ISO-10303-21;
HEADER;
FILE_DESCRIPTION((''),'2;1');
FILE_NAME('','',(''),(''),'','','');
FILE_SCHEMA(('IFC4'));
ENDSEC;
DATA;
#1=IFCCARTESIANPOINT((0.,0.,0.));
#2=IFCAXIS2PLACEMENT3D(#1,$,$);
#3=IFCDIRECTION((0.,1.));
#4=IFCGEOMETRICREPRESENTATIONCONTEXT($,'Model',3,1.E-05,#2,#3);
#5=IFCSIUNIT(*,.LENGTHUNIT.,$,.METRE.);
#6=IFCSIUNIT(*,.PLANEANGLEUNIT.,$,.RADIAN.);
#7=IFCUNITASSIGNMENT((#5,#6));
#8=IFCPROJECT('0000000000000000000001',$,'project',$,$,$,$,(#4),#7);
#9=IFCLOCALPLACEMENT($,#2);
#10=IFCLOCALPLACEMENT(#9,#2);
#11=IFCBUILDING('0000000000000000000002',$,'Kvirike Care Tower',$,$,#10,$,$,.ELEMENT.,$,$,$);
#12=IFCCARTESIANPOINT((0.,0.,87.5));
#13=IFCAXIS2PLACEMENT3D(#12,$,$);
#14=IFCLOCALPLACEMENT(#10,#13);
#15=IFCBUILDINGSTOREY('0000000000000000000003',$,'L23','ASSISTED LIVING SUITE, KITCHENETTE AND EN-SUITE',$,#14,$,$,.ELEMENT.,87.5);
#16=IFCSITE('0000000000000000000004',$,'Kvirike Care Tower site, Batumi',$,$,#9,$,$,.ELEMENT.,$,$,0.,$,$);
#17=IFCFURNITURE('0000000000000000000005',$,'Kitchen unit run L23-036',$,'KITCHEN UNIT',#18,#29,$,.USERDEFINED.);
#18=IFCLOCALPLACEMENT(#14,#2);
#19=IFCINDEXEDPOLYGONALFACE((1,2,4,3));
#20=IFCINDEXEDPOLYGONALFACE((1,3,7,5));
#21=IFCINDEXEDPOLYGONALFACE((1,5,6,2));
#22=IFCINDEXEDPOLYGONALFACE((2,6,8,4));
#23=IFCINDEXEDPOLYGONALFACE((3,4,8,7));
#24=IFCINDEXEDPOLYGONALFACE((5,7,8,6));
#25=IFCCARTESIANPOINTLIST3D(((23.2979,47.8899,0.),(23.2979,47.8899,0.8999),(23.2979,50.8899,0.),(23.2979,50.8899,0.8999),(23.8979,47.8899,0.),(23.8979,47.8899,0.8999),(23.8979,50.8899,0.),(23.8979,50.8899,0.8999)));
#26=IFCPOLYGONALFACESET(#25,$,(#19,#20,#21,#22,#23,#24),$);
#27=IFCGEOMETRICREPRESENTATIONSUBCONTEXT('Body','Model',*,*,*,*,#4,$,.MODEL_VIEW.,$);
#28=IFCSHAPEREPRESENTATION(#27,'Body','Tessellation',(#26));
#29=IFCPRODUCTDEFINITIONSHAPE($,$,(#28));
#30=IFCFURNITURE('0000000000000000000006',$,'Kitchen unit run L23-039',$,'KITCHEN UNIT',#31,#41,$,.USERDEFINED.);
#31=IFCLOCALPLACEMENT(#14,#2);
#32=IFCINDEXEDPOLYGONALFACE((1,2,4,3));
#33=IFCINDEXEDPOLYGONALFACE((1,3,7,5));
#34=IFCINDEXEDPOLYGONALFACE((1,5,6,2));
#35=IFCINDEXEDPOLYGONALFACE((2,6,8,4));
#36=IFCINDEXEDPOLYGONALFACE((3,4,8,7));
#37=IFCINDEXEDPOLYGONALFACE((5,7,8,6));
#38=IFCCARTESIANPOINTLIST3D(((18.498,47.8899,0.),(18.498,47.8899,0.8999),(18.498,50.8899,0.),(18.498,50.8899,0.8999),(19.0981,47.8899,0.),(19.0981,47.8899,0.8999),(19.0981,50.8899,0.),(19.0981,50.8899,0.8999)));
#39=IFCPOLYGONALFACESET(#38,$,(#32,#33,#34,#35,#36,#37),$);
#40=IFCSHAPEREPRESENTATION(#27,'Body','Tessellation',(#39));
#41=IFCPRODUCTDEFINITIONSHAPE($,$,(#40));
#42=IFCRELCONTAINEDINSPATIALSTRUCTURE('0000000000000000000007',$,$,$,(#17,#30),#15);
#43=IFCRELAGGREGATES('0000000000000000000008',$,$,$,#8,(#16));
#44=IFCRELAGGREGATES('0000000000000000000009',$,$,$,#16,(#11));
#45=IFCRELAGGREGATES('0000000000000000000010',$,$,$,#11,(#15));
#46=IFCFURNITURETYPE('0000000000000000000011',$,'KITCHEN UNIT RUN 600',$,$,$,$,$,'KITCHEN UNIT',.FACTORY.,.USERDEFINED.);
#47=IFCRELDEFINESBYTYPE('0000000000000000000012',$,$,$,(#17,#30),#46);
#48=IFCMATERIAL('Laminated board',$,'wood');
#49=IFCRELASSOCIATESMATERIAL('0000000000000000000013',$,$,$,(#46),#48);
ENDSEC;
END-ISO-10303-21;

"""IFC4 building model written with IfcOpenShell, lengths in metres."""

from ifc_helpers import new_model, si_unit, direction, frame, origin, origin_2d, place, context, subcontext, project, spatial, rectangle, extrude, material, type_object, element, save


model = new_model("IFC4")

# Units and contexts
model_context = context("Model", 3, precision=1e-05, world=origin(), true_north=direction((0.0, 1.0)))
body_context = subcontext(model_context, "Body", "Model", "MODEL_VIEW")
ifc_project = project(units=[si_unit("LENGTHUNIT", "METRE"), si_unit("PLANEANGLEUNIT", "RADIAN")], contexts=[model_context])

# Site, building, storey
site_placement = place(None, origin())
site = spatial("IfcSite", under=ifc_project, at=site_placement, Name="Kvirike Care Tower site, Batumi", CompositionType="ELEMENT", RefElevation=0.0)
building_placement = place(site_placement, origin())
building = spatial("IfcBuilding", under=site, at=building_placement, Name="Kvirike Care Tower", CompositionType="ELEMENT")
storey_placement = place(building_placement, frame((0.0, 0.0, 87.5)))
storey = spatial("IfcBuildingStorey", under=building, at=storey_placement, Name="L23", Description="ASSISTED LIVING SUITE, KITCHENETTE AND EN-SUITE", CompositionType="ELEMENT", Elevation=87.5)

# Furniture
ifc_material_1 = material(Name="Laminated board", Category="wood")
furniture_type = type_object("IfcFurnitureType", Name="KITCHEN UNIT RUN 600", ElementType="KITCHEN UNIT", AssemblyPlace="FACTORY", PredefinedType="USERDEFINED", material=ifc_material_1)
for number, where, z_axis, x_axis, name in (
    (1, (23.5979, 49.3899, 0.0), (0.0, 0.0, 1.0), (0.0, -1.0, 0.0), "Kitchen unit run L23-036"),
    (2, (18.7981, 49.3899, 0.0), (0.0, 0.0, 1.0), (0.0, -1.0, 0.0), "Kitchen unit run L23-039"),
):
    element("IfcFurniture", number, at=place(storey_placement, frame(where, z_axis=z_axis, x_axis=x_axis)), inside=storey, type_object=furniture_type, Name=name, ObjectType="KITCHEN UNIT", PredefinedType="USERDEFINED", context=body_context, shape_type="SweptSolid", body=[
        extrude(rectangle(XDim=3.0, YDim=0.6001, at=origin_2d()), origin(), (0.0, 0.0, 1.0), 0.8999),
    ])

save(model, "model.ifc")
